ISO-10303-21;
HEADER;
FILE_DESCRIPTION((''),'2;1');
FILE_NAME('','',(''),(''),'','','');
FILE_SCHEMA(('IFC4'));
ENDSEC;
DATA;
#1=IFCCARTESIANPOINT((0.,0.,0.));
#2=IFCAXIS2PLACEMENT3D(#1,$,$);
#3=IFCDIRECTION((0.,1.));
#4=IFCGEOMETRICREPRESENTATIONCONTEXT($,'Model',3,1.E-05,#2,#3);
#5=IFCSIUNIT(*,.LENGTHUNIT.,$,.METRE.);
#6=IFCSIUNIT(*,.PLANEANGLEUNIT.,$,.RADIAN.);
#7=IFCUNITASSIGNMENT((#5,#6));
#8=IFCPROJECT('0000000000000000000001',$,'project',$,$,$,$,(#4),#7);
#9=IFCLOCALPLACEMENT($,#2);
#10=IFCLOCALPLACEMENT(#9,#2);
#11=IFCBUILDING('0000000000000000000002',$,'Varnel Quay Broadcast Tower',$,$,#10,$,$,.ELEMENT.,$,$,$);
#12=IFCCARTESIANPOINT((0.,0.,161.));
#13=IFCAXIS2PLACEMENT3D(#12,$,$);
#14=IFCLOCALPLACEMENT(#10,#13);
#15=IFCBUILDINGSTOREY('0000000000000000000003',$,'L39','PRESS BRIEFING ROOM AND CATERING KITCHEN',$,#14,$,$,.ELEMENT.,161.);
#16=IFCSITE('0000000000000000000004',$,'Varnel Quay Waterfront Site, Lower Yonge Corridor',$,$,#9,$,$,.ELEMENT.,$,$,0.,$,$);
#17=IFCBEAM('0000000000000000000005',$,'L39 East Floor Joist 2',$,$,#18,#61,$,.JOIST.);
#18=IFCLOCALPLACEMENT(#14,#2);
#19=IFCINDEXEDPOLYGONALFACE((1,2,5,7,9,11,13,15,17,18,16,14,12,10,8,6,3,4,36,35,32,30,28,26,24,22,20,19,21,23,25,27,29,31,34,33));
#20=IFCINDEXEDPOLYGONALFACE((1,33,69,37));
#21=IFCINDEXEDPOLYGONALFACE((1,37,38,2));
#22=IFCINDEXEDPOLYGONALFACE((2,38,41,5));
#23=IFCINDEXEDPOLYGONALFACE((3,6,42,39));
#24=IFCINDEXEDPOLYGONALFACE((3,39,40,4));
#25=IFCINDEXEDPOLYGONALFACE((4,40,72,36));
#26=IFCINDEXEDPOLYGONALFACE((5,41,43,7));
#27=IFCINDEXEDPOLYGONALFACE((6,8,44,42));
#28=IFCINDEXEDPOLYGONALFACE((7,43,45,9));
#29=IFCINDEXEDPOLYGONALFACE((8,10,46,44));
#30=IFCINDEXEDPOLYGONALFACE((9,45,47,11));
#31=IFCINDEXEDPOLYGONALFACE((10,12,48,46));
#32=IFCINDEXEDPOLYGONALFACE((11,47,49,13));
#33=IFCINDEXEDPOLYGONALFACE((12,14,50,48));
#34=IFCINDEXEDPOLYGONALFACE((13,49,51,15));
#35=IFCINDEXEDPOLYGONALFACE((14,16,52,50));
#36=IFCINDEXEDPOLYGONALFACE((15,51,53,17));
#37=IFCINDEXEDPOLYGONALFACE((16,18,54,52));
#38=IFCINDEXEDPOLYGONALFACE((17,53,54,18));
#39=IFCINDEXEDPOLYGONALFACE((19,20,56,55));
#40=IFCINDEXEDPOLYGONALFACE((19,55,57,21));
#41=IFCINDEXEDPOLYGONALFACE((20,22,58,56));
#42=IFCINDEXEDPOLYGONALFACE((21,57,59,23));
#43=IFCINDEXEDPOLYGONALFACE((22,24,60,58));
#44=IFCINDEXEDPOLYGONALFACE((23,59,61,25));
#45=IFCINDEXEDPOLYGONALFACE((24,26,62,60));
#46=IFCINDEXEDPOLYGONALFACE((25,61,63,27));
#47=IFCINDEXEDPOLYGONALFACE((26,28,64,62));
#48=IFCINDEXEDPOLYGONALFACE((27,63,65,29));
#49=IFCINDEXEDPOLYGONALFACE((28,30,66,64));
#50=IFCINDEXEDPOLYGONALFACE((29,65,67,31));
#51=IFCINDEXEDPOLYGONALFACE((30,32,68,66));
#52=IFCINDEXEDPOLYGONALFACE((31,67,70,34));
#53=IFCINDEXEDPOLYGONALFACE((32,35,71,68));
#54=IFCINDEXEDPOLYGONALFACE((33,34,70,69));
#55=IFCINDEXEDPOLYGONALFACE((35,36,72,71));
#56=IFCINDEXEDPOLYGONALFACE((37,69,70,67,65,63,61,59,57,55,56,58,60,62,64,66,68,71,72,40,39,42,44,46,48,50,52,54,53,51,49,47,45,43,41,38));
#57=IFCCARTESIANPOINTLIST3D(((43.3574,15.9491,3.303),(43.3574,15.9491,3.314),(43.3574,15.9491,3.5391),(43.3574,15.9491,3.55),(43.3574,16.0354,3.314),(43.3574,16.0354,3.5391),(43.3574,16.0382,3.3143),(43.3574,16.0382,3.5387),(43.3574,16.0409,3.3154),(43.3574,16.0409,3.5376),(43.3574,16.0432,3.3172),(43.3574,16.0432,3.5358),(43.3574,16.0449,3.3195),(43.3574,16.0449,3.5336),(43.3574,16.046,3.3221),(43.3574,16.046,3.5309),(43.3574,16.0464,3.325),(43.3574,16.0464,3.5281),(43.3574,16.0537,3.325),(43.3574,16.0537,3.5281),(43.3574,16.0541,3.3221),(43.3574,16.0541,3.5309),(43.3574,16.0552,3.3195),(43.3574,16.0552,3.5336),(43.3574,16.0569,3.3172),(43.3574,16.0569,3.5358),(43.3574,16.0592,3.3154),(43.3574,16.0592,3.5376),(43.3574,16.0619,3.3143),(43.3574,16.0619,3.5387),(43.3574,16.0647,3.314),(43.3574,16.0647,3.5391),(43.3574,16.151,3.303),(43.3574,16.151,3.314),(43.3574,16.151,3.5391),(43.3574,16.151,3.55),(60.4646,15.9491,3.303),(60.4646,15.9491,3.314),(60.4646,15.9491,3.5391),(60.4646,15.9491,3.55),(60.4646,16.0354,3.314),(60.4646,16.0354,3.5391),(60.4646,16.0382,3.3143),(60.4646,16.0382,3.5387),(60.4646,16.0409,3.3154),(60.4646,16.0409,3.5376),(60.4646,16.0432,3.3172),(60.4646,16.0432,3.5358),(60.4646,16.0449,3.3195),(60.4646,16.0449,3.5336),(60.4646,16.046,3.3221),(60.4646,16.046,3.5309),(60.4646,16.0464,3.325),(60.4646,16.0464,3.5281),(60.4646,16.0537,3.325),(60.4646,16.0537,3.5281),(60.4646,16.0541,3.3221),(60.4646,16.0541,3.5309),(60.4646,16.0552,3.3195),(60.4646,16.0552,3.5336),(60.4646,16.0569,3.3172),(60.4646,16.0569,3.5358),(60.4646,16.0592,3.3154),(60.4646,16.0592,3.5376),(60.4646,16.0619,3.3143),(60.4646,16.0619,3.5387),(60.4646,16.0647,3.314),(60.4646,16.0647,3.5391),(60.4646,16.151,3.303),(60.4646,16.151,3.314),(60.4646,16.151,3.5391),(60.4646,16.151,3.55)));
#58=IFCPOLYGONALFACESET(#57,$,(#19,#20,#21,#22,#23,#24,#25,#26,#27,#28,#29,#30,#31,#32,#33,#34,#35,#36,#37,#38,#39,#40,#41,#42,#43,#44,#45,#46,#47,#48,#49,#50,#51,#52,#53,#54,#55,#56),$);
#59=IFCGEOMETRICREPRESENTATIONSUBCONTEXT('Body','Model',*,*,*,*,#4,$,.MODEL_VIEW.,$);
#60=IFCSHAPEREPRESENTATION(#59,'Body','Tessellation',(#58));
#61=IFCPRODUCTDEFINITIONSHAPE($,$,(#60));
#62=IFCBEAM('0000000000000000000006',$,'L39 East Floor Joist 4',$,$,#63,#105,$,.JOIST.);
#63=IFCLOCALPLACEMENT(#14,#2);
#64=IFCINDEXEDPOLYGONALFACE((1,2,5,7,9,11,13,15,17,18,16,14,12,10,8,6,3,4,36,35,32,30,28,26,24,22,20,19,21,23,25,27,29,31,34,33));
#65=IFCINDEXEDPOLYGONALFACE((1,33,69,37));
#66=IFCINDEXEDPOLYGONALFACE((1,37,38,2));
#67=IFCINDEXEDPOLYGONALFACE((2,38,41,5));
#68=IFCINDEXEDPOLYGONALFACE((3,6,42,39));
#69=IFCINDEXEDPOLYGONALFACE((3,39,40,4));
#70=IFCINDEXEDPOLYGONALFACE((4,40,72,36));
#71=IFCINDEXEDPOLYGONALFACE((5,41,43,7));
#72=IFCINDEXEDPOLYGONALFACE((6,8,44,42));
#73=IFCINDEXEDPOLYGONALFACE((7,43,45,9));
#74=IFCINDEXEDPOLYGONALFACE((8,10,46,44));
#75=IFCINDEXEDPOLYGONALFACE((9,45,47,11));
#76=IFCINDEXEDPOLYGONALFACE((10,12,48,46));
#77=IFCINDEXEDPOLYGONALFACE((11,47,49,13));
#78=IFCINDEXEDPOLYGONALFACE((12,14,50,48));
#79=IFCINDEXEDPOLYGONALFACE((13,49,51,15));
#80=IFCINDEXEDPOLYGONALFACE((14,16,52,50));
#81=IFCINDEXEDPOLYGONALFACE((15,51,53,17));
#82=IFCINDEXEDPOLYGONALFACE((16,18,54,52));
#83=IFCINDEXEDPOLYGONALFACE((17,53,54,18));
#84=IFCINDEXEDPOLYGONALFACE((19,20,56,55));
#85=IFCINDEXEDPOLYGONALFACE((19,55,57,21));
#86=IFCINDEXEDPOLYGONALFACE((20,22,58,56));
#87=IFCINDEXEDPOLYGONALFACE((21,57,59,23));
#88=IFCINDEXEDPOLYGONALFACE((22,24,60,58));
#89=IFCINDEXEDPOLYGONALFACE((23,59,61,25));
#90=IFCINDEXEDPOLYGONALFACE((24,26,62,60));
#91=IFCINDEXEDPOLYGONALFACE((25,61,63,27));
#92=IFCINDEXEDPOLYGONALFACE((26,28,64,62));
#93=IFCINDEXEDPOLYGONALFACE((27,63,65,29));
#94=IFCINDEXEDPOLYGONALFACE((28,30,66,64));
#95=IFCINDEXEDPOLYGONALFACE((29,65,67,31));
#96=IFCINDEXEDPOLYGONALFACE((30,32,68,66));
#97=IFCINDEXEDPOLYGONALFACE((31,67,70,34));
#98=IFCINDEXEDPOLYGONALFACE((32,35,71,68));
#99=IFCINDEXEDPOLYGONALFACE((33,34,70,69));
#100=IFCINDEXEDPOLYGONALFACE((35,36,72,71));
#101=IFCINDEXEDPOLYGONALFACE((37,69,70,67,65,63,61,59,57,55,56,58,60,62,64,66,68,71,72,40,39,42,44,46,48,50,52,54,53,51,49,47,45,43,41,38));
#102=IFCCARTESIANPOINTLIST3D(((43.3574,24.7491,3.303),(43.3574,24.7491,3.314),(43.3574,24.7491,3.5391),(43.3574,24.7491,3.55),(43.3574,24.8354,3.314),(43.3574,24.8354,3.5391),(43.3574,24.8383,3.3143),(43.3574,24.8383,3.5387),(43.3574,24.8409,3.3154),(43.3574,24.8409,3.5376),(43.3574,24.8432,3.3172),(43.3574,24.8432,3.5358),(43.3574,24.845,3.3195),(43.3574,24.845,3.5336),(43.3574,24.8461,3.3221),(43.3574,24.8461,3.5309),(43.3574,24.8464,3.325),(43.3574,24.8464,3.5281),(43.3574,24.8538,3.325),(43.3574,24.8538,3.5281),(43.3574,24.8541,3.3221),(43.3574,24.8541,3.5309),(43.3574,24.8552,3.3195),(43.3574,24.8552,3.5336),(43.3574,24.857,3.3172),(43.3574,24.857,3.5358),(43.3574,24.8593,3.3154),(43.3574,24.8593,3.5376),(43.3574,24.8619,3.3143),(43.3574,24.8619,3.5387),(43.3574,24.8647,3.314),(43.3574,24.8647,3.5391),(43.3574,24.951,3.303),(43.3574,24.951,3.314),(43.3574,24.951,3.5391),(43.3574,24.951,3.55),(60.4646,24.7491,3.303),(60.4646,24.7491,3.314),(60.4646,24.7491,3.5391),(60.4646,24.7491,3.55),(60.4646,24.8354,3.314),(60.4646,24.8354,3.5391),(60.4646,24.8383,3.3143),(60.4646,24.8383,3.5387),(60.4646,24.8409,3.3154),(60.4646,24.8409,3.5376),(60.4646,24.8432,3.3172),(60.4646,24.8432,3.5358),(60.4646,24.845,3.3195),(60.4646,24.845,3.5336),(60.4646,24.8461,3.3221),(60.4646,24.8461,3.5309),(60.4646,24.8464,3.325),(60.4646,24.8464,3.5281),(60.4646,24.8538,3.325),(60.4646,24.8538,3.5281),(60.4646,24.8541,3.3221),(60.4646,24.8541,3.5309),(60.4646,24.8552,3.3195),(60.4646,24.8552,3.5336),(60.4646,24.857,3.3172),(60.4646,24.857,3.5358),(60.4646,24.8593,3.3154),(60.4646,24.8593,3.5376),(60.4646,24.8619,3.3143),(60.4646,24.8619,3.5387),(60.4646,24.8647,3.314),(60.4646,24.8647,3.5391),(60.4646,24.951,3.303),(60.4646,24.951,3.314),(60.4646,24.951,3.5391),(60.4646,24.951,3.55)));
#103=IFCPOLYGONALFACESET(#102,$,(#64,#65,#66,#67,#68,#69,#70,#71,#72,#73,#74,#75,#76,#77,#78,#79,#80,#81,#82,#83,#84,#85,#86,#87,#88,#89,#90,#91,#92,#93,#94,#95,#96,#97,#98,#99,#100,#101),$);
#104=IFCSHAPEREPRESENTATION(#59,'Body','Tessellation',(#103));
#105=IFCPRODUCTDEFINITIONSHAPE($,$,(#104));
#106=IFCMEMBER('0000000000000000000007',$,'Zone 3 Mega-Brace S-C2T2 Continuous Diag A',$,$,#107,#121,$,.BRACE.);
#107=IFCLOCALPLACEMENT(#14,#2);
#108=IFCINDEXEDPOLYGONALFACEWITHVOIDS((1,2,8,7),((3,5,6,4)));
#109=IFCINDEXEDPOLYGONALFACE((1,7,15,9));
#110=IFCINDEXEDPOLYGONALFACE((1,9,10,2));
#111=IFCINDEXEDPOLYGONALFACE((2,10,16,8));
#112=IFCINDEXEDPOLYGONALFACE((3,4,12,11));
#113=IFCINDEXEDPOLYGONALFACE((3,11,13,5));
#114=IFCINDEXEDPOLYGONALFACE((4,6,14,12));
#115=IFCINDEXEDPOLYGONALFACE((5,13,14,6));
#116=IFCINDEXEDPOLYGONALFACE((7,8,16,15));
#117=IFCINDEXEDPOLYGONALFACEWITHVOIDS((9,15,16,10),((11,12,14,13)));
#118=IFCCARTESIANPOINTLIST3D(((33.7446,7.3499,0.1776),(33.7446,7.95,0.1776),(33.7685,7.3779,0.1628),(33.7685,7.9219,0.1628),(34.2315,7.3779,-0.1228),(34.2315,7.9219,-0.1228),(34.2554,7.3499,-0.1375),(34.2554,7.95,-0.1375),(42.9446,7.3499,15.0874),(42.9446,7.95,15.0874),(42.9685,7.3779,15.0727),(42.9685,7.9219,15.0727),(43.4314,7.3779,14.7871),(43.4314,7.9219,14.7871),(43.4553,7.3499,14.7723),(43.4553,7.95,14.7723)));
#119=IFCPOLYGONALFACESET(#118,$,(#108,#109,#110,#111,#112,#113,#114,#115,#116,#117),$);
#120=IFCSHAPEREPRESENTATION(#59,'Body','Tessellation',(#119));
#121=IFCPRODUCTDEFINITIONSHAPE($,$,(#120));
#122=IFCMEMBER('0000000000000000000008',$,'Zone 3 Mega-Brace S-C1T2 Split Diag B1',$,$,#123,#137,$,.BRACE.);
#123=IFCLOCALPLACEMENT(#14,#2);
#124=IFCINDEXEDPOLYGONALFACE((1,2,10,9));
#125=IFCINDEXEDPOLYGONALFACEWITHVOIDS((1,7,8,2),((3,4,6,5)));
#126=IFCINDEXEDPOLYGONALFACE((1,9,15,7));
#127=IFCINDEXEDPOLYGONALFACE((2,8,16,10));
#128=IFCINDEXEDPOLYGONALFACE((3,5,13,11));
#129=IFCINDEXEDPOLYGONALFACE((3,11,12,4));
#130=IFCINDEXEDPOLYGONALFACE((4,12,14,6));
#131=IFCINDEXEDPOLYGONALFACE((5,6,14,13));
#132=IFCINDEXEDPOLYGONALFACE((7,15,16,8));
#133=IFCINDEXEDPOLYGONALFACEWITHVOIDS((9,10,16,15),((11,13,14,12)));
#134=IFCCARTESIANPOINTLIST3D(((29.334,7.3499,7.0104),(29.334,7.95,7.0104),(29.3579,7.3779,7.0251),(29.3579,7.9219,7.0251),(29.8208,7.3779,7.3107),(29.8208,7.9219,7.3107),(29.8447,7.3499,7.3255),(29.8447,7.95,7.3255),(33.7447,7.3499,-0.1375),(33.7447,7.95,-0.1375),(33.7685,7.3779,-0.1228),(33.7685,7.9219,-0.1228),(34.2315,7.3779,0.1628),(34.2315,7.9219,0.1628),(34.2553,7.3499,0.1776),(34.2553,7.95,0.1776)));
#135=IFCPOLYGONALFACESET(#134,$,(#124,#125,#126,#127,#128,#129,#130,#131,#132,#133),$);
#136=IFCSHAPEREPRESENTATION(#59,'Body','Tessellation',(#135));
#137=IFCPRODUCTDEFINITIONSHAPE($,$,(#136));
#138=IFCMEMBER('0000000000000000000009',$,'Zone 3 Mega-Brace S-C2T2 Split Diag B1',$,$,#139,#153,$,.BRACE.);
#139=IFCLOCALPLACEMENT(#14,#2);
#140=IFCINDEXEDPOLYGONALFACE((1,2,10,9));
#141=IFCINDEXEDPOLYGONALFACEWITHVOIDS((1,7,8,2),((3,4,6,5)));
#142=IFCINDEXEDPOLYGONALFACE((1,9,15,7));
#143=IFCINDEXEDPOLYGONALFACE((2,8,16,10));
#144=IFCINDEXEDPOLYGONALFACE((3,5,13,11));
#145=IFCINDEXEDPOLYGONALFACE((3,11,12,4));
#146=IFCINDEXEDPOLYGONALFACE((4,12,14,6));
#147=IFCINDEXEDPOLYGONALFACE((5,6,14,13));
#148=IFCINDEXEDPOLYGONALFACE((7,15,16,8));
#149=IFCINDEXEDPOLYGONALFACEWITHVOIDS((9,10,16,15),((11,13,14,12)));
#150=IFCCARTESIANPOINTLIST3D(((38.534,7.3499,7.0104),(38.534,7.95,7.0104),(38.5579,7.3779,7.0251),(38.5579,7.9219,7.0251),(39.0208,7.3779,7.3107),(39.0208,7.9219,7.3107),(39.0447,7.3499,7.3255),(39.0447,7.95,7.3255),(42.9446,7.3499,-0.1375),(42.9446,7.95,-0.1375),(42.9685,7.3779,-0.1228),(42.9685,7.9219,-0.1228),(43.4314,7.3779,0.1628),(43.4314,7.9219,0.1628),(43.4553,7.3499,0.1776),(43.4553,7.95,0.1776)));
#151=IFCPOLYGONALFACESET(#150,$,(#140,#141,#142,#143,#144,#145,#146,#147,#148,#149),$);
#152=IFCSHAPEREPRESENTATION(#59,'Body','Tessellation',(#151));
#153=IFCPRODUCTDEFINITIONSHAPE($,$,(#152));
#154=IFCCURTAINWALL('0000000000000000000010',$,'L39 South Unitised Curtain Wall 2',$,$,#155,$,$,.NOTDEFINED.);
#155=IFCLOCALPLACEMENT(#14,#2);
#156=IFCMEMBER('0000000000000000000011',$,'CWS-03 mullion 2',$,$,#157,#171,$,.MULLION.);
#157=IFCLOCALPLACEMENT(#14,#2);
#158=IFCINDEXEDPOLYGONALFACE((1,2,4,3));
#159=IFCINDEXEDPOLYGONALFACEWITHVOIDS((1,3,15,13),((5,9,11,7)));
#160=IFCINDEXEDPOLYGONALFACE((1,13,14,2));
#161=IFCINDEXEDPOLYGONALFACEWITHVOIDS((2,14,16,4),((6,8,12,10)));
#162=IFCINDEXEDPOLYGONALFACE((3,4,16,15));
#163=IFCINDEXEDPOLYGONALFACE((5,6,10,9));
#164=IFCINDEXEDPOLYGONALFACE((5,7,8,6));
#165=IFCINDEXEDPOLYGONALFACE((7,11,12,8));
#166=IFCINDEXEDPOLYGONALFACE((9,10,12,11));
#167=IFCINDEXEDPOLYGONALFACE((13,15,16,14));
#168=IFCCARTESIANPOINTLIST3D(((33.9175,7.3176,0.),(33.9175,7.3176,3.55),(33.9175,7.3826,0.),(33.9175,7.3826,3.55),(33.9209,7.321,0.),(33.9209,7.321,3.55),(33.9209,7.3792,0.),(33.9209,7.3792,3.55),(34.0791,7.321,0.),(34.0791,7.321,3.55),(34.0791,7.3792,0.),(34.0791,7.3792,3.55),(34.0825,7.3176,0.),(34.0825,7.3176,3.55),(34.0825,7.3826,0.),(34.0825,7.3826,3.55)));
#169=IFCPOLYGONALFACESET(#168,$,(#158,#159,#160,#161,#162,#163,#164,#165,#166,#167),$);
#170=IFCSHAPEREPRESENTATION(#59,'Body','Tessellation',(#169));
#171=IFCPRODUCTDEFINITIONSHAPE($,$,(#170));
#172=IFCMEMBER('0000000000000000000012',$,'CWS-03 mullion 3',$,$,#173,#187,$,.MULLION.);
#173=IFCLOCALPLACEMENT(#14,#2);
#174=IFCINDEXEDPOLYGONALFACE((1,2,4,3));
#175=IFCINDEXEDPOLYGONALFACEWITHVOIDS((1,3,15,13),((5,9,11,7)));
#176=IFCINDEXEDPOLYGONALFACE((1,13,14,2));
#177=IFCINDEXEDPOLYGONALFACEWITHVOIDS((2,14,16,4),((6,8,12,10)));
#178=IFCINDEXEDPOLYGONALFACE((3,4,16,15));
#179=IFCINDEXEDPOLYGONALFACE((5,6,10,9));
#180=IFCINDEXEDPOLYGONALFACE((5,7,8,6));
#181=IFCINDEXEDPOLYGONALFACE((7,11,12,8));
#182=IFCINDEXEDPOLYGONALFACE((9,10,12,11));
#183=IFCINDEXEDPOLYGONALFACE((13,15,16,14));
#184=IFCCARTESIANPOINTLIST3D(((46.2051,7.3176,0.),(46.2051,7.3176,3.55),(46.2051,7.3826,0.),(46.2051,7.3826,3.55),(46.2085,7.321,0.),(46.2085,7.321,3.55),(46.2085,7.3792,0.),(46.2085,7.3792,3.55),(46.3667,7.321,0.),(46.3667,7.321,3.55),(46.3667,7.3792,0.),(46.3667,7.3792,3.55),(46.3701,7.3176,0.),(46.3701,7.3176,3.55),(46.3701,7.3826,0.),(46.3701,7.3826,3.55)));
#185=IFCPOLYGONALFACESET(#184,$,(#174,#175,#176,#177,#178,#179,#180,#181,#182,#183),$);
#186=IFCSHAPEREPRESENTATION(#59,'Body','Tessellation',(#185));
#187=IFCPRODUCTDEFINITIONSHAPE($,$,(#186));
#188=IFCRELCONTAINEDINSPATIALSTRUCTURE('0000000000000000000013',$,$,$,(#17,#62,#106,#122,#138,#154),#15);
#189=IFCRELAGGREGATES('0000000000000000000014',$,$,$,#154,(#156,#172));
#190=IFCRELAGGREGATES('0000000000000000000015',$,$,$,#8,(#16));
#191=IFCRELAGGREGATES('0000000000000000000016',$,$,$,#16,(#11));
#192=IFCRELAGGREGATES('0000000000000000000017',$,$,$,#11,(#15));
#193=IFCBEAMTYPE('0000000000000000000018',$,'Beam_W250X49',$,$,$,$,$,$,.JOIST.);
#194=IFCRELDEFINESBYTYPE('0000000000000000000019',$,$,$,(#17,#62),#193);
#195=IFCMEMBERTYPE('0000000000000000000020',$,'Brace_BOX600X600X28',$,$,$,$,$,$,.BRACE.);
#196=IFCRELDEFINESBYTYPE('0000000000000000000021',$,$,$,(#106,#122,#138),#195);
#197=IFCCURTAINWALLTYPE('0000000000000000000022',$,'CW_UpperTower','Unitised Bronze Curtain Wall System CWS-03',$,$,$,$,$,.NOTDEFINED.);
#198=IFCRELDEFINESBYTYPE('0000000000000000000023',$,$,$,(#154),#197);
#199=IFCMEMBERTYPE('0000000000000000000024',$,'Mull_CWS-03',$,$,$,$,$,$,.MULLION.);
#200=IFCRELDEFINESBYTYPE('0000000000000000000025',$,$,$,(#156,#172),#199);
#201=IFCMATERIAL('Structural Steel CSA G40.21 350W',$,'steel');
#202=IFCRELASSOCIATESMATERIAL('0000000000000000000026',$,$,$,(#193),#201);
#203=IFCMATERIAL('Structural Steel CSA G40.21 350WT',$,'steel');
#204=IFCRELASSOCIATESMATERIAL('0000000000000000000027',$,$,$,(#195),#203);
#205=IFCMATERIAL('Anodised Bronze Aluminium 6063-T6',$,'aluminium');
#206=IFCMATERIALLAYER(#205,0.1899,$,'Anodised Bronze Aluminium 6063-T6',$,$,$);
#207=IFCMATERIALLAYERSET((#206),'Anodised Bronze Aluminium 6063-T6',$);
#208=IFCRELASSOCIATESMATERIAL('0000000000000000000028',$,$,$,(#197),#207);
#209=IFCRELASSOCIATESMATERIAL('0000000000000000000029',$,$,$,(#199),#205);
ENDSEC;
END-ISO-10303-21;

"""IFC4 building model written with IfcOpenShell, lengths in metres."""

from ifc_helpers import new_model, si_unit, direction, frame, origin, origin_2d, place, context, subcontext, project, spatial, hollow_rectangle, i_section, extrude, source, transform, mapped, material, layer, layer_set, material_profile, profile_set, type_object, type_shapes, element, aggregate, save


model = new_model("IFC4")

# Units and contexts
model_context = context("Model", 3, precision=1e-05, world=origin(), true_north=direction((0.0, 1.0)))
body_context = subcontext(model_context, "Body", "Model", "MODEL_VIEW")
ifc_project = project(units=[si_unit("LENGTHUNIT", "METRE"), si_unit("PLANEANGLEUNIT", "RADIAN")], contexts=[model_context])

# Site, building, storey
site_placement = place(None, origin())
site = spatial("IfcSite", under=ifc_project, at=site_placement, Name="Varnel Quay Waterfront Site, Lower Yonge Corridor", CompositionType="ELEMENT", RefElevation=0.0)
building_placement = place(site_placement, origin())
building = spatial("IfcBuilding", under=site, at=building_placement, Name="Varnel Quay Broadcast Tower", CompositionType="ELEMENT")
storey_placement = place(building_placement, frame((0.0, 0.0, 161.0)))
storey = spatial("IfcBuildingStorey", under=building, at=storey_placement, Name="L39", Description="PRESS BRIEFING ROOM AND CATERING KITCHEN", CompositionType="ELEMENT", Elevation=161.0)

# Shared definitions
ifc_material_1 = material(Name="Structural Steel CSA G40.21 350W", Category="steel")

# Beams
ifc_material_profile_1 = material_profile(ifc_material_1, i_section(OverallWidth=0.2019, OverallDepth=0.2471, WebThickness=0.0073, FlangeThickness=0.011, FilletRadius=0.011, at=origin_2d()), Name="W250X49")
ifc_profile_set_1 = profile_set([ifc_material_profile_1], Name="Structural Steel CSA G40.21 350W")
beam_type_1 = type_object("IfcBeamType", Name="Beam_W250X49", PredefinedType="JOIST", material=ifc_profile_set_1)
shared_shape_1 = source(origin(), body_context, "Body", "SweptSolid", [
    extrude(i_section(OverallWidth=0.2019, OverallDepth=0.2471, WebThickness=0.0073, FlangeThickness=0.011, FilletRadius=0.011, at=origin_2d()), origin(), (0.0, 0.0, 1.0), 17.1072),
])
type_shapes(beam_type_1, [shared_shape_1])
for number, where, z_axis, x_axis, name in (
    (1, (43.3574, 16.05, 3.4265), (1.0, 0.0, 0.0), (0.0, 1.0, 0.0), "L39 East Floor Joist 2"),
    (2, (43.3574, 24.8501, 3.4265), (1.0, 0.0, 0.0), (0.0, 1.0, 0.0), "L39 East Floor Joist 4"),
):
    element("IfcBeam", number, at=place(storey_placement, frame(where, z_axis=z_axis, x_axis=x_axis)), inside=storey, type_object=beam_type_1, Name=name, PredefinedType="JOIST", context=body_context, shape_type="MappedRepresentation", body=[
        mapped(shared_shape_1, transform((0.0, 0.0, 0.0), x_axis=(1.0, 0.0, 0.0), y_axis=(0.0, 1.0, 0.0), z_axis=(0.0, 0.0, 1.0), scale=1.0)),
    ])

# Members
ifc_material_2 = material(Name="Structural Steel CSA G40.21 350WT", Category="steel")
ifc_material_profile_2 = material_profile(ifc_material_2, hollow_rectangle(XDim=0.6001, YDim=0.6001, WallThickness=0.0281, at=origin_2d()), Name="BOX600X600X28")
ifc_profile_set_2 = profile_set([ifc_material_profile_2], Name="Structural Steel CSA G40.21 350WT")
member_type_1 = type_object("IfcMemberType", Name="Brace_BOX600X600X28", PredefinedType="BRACE", material=ifc_profile_set_2)
shared_shape_2 = source(origin(), body_context, "Body", "SweptSolid", [
    extrude(hollow_rectangle(XDim=0.6001, YDim=0.6001, WallThickness=0.0281, at=origin_2d()), origin(), (0.0, 0.0, 1.0), 17.5198),
])
member_1_placement = place(storey_placement, frame((34.0, 7.6499, 0.02), z_axis=(0.525116, 0.0, 0.85103), x_axis=(0.0, 1.0, 0.0)))
element("IfcMember", 3, at=member_1_placement, inside=storey, type_object=member_type_1, Name="Zone 3 Mega-Brace S-C2T2 Continuous Diag A", PredefinedType="BRACE", context=body_context, shape_type="MappedRepresentation", body=[
    mapped(shared_shape_2, transform((0.0, 0.0, 0.0), x_axis=(1.0, 0.0, 0.0), y_axis=(0.0, 1.0, 0.0), z_axis=(0.0, 0.0, 1.0), scale=1.0)),
])
shared_shape_3 = source(origin(), body_context, "Body", "SweptSolid", [
    extrude(hollow_rectangle(XDim=0.6001, YDim=0.6001, WallThickness=0.0281, at=origin_2d()), origin(), (0.0, 0.0, 1.0), 8.3992),
])
type_shapes(member_type_1, [shared_shape_2, shared_shape_3])
for number, where, z_axis, x_axis, name in (
    (4, (34.0, 7.6499, 0.02), (-0.525125, 0.0, 0.851025), (0.0, -1.0, 0.0), "Zone 3 Mega-Brace S-C1T2 Split Diag B1"),
    (5, (43.2, 7.6499, 0.02), (-0.525125, 0.0, 0.851025), (0.0, -1.0, 0.0), "Zone 3 Mega-Brace S-C2T2 Split Diag B1"),
):
    element("IfcMember", number, at=place(storey_placement, frame(where, z_axis=z_axis, x_axis=x_axis)), inside=storey, type_object=member_type_1, Name=name, PredefinedType="BRACE", context=body_context, shape_type="MappedRepresentation", body=[
        mapped(shared_shape_3, transform((0.0, 0.0, 0.0), x_axis=(1.0, 0.0, 0.0), y_axis=(0.0, 1.0, 0.0), z_axis=(0.0, 0.0, 1.0), scale=1.0)),
    ])

# Curtain wall, members
ifc_material_3 = material(Name="Anodised Bronze Aluminium 6063-T6", Category="aluminium")
ifc_layer_1 = layer(ifc_material_3, 0.1899, Name="Anodised Bronze Aluminium 6063-T6")
ifc_layer_set_1 = layer_set([ifc_layer_1], Name="Anodised Bronze Aluminium 6063-T6")
curtain_wall_type = type_object("IfcCurtainWallType", Name="CW_UpperTower", Description="Unitised Bronze Curtain Wall System CWS-03", PredefinedType="NOTDEFINED", material=ifc_layer_set_1)
curtain_wall_placement = place(storey_placement, origin())
curtain_wall = element("IfcCurtainWall", 6, at=curtain_wall_placement, inside=storey, type_object=curtain_wall_type, Name="L39 South Unitised Curtain Wall 2", PredefinedType="NOTDEFINED")
ifc_material_profile_3 = material_profile(ifc_material_3, hollow_rectangle(XDim=0.0649, YDim=0.165, WallThickness=0.0034, at=origin_2d()), Name="ALU65X165X3.5")
ifc_profile_set_3 = profile_set([ifc_material_profile_3], Name="Anodised Bronze Aluminium 6063-T6")
member_type_2 = type_object("IfcMemberType", Name="Mull_CWS-03", PredefinedType="MULLION", material=ifc_profile_set_3)
shared_shape_4 = source(origin(), body_context, "Body", "SweptSolid", [
    extrude(hollow_rectangle(XDim=0.0649, YDim=0.165, WallThickness=0.0034, at=origin_2d()), origin(), (0.0, 0.0, 1.0), 3.55),
])
type_shapes(member_type_2, [shared_shape_4])
member_2_placement = place(storey_placement, frame((34.0, 7.3501, 0.0), z_axis=(0.0, 0.0, 1.0), x_axis=(0.0, 1.0, 0.0)))
member_2 = element("IfcMember", 7, at=member_2_placement, type_object=member_type_2, Name="CWS-03 mullion 2", PredefinedType="MULLION", context=body_context, shape_type="MappedRepresentation", body=[
    mapped(shared_shape_4, transform((0.0, 0.0, 0.0), x_axis=(1.0, 0.0, 0.0), y_axis=(0.0, 1.0, 0.0), z_axis=(0.0, 0.0, 1.0), scale=1.0)),
])
member_3_placement = place(storey_placement, frame((46.2876, 7.3501, 0.0), z_axis=(0.0, 0.0, 1.0), x_axis=(0.0, 1.0, 0.0)))
member_3 = element("IfcMember", 8, at=member_3_placement, type_object=member_type_2, Name="CWS-03 mullion 3", PredefinedType="MULLION", context=body_context, shape_type="MappedRepresentation", body=[
    mapped(shared_shape_4, transform((0.0, 0.0, 0.0), x_axis=(1.0, 0.0, 0.0), y_axis=(0.0, 1.0, 0.0), z_axis=(0.0, 0.0, 1.0), scale=1.0)),
])

aggregate(curtain_wall, [member_2, member_3])

save(model, "model.ifc")
